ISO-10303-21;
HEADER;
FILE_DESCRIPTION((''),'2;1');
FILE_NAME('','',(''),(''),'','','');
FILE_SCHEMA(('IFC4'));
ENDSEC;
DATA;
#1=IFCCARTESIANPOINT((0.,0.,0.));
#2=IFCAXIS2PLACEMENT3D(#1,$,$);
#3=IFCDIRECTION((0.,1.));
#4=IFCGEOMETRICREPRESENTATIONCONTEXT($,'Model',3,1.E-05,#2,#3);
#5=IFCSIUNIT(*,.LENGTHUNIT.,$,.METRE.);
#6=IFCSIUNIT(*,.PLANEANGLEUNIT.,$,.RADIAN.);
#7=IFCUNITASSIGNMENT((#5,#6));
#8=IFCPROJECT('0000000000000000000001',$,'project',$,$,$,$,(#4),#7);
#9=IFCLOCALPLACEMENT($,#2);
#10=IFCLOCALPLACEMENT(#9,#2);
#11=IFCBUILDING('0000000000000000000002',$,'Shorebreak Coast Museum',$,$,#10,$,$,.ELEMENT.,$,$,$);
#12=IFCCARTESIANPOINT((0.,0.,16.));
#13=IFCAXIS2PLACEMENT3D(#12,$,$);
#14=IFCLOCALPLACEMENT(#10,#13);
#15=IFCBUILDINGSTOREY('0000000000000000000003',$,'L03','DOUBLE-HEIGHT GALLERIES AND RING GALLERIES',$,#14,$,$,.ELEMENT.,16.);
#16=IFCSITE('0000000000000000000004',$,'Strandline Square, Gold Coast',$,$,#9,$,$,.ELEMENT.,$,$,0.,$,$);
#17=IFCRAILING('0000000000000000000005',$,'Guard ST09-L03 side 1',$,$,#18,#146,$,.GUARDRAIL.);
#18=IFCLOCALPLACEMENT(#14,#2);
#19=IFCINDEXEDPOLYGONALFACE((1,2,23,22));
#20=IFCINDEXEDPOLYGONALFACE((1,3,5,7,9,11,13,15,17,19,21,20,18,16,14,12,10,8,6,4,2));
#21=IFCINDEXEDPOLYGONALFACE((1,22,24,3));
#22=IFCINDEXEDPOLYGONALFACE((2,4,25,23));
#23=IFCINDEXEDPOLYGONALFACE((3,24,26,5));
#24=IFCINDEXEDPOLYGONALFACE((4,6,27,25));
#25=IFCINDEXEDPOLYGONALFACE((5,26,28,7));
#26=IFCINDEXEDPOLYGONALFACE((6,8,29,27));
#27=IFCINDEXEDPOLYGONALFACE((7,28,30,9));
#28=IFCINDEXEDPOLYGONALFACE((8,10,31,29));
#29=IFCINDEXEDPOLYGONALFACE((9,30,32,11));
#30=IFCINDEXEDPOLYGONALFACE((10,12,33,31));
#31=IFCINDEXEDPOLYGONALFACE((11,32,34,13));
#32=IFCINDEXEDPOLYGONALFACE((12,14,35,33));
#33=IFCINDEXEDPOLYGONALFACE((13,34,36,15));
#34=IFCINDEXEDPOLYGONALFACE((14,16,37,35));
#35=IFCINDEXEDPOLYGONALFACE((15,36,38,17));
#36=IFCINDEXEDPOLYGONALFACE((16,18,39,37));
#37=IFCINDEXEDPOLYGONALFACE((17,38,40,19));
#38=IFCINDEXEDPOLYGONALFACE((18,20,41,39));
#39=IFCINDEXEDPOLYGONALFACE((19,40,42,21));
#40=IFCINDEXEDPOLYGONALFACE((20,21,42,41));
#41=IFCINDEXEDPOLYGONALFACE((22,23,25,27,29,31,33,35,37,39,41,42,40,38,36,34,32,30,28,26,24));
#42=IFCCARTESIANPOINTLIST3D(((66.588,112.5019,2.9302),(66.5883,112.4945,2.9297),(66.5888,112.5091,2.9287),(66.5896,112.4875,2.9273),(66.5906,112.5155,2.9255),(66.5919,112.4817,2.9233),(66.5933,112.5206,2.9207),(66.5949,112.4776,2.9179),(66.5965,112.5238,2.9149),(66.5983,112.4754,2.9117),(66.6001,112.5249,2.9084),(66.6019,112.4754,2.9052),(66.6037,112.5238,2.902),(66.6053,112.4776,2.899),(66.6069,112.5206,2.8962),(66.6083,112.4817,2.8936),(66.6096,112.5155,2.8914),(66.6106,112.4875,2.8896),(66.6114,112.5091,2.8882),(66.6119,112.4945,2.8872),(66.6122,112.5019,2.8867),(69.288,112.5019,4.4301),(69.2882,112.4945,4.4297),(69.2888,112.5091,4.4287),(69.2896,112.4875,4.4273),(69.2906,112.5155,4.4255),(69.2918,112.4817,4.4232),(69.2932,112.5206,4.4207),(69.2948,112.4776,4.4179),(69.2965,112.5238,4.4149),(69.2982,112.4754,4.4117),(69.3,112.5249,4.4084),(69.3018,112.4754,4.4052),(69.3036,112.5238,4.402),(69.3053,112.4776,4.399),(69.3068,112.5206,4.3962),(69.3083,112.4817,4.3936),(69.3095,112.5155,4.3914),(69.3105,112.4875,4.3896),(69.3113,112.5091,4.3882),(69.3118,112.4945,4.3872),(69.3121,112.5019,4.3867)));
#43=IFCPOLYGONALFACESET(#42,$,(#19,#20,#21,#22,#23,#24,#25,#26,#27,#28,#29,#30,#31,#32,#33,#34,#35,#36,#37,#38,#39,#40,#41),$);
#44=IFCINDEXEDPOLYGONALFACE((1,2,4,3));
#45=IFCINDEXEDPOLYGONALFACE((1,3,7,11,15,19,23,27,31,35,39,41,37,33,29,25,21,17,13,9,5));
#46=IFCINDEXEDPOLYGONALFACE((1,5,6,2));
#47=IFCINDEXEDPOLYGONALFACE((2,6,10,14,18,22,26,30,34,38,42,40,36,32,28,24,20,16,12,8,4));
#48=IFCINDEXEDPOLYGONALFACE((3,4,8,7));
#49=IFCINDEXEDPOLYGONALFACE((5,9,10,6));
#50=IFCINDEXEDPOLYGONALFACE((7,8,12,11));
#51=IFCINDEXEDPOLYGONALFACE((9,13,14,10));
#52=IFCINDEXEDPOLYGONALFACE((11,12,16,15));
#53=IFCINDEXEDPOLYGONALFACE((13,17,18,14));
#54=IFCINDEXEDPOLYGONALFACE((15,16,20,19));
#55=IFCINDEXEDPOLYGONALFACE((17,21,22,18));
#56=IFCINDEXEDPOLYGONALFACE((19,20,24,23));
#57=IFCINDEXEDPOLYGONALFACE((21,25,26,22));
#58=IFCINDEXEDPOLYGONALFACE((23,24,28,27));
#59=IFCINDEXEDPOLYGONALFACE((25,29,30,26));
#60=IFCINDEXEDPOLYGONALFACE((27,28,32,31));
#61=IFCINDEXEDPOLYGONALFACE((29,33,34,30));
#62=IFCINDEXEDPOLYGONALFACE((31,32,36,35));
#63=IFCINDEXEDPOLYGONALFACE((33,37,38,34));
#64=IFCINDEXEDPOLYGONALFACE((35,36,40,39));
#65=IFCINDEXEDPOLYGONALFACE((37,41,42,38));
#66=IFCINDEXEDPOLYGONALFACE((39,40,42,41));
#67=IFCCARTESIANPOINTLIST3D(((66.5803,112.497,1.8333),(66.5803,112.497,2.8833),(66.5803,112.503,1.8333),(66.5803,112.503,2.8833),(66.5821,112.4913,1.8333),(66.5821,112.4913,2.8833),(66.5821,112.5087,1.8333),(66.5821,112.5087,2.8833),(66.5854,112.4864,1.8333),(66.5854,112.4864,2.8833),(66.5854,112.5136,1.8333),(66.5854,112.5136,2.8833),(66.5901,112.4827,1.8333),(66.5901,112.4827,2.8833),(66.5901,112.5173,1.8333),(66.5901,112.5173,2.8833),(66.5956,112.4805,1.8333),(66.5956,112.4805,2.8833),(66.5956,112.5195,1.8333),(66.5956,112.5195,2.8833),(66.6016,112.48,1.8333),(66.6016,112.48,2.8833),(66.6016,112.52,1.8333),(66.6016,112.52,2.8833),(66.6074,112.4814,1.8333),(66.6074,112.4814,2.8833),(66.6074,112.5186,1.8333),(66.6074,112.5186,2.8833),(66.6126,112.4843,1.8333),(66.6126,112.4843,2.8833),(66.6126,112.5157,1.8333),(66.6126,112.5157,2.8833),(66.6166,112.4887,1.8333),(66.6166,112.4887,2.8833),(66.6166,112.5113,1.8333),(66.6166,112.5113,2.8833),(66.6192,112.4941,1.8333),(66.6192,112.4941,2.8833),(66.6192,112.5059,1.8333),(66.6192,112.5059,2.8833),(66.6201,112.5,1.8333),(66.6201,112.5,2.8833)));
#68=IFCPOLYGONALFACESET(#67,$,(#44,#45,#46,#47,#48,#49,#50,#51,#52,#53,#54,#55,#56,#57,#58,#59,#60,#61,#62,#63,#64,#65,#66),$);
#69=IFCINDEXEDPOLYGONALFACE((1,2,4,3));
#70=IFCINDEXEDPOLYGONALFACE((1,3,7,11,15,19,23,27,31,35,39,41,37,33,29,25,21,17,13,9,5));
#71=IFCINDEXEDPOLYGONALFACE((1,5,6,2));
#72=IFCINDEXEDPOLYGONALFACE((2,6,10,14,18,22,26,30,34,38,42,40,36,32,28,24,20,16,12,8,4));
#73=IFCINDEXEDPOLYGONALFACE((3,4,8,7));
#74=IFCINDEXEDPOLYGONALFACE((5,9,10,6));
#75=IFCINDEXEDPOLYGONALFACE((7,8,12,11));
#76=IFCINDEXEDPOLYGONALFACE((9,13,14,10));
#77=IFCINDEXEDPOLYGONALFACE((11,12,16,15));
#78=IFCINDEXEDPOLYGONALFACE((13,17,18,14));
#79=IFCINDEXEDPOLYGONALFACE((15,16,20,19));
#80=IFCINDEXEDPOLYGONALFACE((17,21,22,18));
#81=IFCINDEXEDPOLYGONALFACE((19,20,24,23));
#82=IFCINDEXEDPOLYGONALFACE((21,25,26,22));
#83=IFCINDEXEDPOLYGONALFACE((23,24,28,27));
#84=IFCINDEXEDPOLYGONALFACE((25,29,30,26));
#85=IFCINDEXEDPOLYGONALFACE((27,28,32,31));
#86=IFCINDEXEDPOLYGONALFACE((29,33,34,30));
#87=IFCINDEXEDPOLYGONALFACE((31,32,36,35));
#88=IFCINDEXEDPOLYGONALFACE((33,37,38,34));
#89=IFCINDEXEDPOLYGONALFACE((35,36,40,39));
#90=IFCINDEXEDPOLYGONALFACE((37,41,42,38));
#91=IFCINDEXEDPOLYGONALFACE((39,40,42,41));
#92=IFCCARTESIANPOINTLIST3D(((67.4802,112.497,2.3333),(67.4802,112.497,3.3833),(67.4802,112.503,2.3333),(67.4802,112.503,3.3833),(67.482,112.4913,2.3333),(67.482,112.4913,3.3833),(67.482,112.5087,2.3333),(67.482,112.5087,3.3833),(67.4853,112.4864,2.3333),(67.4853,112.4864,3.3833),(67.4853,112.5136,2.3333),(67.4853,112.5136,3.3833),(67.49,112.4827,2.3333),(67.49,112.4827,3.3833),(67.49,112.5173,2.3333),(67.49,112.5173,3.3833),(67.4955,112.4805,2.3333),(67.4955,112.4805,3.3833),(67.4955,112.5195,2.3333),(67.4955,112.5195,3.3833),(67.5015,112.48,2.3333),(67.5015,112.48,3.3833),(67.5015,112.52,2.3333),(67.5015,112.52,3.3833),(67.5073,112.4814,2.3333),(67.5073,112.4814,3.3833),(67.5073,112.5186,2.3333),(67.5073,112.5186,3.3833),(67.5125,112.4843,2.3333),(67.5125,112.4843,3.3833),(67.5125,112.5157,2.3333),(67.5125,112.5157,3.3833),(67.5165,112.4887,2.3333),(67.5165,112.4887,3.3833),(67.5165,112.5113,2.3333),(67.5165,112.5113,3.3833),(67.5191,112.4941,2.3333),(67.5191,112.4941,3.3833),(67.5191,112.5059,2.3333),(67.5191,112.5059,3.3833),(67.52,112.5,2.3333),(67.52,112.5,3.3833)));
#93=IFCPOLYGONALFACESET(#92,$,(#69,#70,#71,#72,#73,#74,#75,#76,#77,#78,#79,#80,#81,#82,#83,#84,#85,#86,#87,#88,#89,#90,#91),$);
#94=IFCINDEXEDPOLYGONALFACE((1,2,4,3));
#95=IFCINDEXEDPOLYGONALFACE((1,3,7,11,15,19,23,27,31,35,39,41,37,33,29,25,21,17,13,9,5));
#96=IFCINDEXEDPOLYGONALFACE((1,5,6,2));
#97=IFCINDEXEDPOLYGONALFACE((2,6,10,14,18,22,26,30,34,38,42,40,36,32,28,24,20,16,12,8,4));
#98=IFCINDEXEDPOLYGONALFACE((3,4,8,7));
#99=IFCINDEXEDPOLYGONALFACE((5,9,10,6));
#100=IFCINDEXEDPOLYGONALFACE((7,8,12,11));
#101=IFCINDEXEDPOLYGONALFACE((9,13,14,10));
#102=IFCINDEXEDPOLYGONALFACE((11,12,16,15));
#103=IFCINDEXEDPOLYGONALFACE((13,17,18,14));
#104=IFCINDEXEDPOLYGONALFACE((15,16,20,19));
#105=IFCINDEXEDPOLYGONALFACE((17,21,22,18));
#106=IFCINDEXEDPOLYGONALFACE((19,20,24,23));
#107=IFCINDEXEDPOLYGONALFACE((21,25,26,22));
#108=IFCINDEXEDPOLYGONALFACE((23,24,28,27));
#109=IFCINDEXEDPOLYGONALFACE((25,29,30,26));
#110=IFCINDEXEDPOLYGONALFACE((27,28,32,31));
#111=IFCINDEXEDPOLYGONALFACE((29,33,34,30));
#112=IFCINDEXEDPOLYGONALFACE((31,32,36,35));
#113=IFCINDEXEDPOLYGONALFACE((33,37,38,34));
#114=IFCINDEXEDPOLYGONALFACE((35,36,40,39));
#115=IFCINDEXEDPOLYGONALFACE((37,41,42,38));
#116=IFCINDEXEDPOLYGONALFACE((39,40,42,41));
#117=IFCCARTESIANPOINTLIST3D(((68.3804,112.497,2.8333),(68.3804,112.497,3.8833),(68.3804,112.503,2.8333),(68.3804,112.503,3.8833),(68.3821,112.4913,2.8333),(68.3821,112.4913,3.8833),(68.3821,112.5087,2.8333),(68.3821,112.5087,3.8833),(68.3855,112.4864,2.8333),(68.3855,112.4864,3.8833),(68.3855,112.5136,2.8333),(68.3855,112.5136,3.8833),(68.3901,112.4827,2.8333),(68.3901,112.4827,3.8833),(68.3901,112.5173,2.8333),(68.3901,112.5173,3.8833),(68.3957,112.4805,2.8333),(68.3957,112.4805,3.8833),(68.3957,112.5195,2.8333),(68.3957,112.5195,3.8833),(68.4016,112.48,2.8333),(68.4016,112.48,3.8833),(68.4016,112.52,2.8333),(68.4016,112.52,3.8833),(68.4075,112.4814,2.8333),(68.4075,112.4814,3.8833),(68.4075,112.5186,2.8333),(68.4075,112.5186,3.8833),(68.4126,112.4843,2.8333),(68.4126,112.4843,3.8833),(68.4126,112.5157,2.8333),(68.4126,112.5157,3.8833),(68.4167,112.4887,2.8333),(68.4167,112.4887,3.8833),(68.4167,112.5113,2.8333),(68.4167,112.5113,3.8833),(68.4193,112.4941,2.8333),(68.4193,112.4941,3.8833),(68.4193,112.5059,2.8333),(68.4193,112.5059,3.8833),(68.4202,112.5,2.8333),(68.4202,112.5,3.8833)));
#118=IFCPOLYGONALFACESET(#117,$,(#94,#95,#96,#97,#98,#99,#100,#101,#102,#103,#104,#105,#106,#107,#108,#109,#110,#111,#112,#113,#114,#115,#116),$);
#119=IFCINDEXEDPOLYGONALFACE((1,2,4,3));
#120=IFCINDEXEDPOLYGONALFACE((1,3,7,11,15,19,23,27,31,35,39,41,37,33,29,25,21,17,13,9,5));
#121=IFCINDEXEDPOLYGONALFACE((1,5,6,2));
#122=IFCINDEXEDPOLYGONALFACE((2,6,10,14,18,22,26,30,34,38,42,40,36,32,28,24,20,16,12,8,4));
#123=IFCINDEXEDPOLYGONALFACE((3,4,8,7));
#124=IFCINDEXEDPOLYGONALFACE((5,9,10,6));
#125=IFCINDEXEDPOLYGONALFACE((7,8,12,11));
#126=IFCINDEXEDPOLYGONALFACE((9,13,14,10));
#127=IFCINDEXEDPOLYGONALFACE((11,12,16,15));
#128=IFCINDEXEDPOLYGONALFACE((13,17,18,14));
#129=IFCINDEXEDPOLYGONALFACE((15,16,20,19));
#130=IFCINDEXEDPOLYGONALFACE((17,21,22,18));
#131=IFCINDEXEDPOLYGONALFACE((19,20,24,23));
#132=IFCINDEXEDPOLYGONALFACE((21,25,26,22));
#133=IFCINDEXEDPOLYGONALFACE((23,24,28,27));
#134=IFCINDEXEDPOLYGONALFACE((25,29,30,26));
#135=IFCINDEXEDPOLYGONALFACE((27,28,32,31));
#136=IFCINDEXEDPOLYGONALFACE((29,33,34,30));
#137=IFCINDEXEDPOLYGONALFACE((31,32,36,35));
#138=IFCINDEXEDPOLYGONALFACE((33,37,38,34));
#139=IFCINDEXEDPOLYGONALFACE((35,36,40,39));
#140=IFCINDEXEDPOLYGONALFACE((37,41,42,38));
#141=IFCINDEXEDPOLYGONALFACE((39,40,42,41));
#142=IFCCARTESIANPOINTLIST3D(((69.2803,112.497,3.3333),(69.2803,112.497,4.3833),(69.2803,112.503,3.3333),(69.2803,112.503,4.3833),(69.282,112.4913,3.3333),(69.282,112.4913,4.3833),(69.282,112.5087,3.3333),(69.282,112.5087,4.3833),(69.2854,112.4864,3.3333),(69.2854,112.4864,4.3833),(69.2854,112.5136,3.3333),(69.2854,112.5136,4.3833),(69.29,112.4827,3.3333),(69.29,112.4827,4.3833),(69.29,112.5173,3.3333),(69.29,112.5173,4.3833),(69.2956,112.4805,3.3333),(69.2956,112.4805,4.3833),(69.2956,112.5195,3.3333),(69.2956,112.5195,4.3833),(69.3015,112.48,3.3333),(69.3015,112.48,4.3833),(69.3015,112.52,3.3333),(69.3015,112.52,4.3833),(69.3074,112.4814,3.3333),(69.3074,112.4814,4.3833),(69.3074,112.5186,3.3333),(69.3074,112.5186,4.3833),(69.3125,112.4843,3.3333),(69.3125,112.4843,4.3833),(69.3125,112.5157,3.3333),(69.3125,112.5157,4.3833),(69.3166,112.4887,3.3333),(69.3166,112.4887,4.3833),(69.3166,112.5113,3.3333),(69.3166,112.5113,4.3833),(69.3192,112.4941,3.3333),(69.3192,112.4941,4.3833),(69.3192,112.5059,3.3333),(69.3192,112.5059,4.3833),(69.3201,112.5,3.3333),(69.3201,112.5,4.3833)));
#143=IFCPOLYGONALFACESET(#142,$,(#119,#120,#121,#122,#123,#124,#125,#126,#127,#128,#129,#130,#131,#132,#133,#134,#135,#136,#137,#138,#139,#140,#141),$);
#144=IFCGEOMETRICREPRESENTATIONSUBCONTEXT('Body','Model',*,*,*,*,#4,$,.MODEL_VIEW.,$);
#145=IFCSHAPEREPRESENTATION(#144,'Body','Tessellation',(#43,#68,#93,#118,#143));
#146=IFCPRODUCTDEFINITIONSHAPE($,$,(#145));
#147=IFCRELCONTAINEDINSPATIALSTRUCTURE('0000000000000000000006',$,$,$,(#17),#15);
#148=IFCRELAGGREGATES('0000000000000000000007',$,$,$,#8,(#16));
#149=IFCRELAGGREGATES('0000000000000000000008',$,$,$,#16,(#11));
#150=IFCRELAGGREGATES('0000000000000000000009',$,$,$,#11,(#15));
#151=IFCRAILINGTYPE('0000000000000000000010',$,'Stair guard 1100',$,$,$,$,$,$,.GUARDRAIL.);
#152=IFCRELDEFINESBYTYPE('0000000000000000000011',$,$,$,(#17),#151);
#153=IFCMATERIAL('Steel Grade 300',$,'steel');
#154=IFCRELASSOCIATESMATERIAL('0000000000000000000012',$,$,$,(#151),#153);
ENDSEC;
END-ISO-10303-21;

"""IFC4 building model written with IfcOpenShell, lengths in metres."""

from ifc_helpers import new_model, si_unit, direction, frame, origin, origin_2d, place, context, subcontext, project, spatial, circle, extrude, material, type_object, element, save


model = new_model("IFC4")

# Units and contexts
model_context = context("Model", 3, precision=1e-05, world=origin(), true_north=direction((0.0, 1.0)))
body_context = subcontext(model_context, "Body", "Model", "MODEL_VIEW")
ifc_project = project(units=[si_unit("LENGTHUNIT", "METRE"), si_unit("PLANEANGLEUNIT", "RADIAN")], contexts=[model_context])

# Site, building, storey
site_placement = place(None, origin())
site = spatial("IfcSite", under=ifc_project, at=site_placement, Name="Strandline Square, Gold Coast", CompositionType="ELEMENT", RefElevation=0.0)
building_placement = place(site_placement, origin())
building = spatial("IfcBuilding", under=site, at=building_placement, Name="Shorebreak Coast Museum", CompositionType="ELEMENT")
storey_placement = place(building_placement, frame((0.0, 0.0, 16.0)))
storey = spatial("IfcBuildingStorey", under=building, at=storey_placement, Name="L03", Description="DOUBLE-HEIGHT GALLERIES AND RING GALLERIES", CompositionType="ELEMENT", Elevation=16.0)

# Railing
ifc_material_1 = material(Name="Steel Grade 300", Category="steel")
railing_type_1 = type_object("IfcRailingType", Name="Stair guard 1100", PredefinedType="GUARDRAIL", material=ifc_material_1)
for number, where, name in (
    (1, (66.6001, 112.5, 1.8333), "Guard ST09-L03 side 1"),
):
    element("IfcRailing", number, at=place(storey_placement, frame(where)), inside=storey, type_object=railing_type_1, Name=name, PredefinedType="GUARDRAIL", context=body_context, shape_type="SweptSolid", body=[
        extrude(circle(Radius=0.0249, at=origin_2d()), frame((0.0, 0.0, 1.0752), z_axis=(0.874154, 0.0, 0.48565), x_axis=(0.0, 1.0, 0.0)), (0.0, 0.0, 1.0), 3.0886),
        extrude(circle(Radius=0.02, at=origin_2d()), origin(), (0.0, 0.0, 1.0), 1.05),
        extrude(circle(Radius=0.02, at=origin_2d()), frame((0.8999, 0.0, 0.5)), (0.0, 0.0, 1.0), 1.05),
        extrude(circle(Radius=0.02, at=origin_2d()), frame((1.8, 0.0, 1.0)), (0.0, 0.0, 1.0), 1.05),
        extrude(circle(Radius=0.02, at=origin_2d()), frame((2.7, 0.0, 1.5)), (0.0, 0.0, 1.0), 1.05),
    ])

save(model, "model.ifc")
